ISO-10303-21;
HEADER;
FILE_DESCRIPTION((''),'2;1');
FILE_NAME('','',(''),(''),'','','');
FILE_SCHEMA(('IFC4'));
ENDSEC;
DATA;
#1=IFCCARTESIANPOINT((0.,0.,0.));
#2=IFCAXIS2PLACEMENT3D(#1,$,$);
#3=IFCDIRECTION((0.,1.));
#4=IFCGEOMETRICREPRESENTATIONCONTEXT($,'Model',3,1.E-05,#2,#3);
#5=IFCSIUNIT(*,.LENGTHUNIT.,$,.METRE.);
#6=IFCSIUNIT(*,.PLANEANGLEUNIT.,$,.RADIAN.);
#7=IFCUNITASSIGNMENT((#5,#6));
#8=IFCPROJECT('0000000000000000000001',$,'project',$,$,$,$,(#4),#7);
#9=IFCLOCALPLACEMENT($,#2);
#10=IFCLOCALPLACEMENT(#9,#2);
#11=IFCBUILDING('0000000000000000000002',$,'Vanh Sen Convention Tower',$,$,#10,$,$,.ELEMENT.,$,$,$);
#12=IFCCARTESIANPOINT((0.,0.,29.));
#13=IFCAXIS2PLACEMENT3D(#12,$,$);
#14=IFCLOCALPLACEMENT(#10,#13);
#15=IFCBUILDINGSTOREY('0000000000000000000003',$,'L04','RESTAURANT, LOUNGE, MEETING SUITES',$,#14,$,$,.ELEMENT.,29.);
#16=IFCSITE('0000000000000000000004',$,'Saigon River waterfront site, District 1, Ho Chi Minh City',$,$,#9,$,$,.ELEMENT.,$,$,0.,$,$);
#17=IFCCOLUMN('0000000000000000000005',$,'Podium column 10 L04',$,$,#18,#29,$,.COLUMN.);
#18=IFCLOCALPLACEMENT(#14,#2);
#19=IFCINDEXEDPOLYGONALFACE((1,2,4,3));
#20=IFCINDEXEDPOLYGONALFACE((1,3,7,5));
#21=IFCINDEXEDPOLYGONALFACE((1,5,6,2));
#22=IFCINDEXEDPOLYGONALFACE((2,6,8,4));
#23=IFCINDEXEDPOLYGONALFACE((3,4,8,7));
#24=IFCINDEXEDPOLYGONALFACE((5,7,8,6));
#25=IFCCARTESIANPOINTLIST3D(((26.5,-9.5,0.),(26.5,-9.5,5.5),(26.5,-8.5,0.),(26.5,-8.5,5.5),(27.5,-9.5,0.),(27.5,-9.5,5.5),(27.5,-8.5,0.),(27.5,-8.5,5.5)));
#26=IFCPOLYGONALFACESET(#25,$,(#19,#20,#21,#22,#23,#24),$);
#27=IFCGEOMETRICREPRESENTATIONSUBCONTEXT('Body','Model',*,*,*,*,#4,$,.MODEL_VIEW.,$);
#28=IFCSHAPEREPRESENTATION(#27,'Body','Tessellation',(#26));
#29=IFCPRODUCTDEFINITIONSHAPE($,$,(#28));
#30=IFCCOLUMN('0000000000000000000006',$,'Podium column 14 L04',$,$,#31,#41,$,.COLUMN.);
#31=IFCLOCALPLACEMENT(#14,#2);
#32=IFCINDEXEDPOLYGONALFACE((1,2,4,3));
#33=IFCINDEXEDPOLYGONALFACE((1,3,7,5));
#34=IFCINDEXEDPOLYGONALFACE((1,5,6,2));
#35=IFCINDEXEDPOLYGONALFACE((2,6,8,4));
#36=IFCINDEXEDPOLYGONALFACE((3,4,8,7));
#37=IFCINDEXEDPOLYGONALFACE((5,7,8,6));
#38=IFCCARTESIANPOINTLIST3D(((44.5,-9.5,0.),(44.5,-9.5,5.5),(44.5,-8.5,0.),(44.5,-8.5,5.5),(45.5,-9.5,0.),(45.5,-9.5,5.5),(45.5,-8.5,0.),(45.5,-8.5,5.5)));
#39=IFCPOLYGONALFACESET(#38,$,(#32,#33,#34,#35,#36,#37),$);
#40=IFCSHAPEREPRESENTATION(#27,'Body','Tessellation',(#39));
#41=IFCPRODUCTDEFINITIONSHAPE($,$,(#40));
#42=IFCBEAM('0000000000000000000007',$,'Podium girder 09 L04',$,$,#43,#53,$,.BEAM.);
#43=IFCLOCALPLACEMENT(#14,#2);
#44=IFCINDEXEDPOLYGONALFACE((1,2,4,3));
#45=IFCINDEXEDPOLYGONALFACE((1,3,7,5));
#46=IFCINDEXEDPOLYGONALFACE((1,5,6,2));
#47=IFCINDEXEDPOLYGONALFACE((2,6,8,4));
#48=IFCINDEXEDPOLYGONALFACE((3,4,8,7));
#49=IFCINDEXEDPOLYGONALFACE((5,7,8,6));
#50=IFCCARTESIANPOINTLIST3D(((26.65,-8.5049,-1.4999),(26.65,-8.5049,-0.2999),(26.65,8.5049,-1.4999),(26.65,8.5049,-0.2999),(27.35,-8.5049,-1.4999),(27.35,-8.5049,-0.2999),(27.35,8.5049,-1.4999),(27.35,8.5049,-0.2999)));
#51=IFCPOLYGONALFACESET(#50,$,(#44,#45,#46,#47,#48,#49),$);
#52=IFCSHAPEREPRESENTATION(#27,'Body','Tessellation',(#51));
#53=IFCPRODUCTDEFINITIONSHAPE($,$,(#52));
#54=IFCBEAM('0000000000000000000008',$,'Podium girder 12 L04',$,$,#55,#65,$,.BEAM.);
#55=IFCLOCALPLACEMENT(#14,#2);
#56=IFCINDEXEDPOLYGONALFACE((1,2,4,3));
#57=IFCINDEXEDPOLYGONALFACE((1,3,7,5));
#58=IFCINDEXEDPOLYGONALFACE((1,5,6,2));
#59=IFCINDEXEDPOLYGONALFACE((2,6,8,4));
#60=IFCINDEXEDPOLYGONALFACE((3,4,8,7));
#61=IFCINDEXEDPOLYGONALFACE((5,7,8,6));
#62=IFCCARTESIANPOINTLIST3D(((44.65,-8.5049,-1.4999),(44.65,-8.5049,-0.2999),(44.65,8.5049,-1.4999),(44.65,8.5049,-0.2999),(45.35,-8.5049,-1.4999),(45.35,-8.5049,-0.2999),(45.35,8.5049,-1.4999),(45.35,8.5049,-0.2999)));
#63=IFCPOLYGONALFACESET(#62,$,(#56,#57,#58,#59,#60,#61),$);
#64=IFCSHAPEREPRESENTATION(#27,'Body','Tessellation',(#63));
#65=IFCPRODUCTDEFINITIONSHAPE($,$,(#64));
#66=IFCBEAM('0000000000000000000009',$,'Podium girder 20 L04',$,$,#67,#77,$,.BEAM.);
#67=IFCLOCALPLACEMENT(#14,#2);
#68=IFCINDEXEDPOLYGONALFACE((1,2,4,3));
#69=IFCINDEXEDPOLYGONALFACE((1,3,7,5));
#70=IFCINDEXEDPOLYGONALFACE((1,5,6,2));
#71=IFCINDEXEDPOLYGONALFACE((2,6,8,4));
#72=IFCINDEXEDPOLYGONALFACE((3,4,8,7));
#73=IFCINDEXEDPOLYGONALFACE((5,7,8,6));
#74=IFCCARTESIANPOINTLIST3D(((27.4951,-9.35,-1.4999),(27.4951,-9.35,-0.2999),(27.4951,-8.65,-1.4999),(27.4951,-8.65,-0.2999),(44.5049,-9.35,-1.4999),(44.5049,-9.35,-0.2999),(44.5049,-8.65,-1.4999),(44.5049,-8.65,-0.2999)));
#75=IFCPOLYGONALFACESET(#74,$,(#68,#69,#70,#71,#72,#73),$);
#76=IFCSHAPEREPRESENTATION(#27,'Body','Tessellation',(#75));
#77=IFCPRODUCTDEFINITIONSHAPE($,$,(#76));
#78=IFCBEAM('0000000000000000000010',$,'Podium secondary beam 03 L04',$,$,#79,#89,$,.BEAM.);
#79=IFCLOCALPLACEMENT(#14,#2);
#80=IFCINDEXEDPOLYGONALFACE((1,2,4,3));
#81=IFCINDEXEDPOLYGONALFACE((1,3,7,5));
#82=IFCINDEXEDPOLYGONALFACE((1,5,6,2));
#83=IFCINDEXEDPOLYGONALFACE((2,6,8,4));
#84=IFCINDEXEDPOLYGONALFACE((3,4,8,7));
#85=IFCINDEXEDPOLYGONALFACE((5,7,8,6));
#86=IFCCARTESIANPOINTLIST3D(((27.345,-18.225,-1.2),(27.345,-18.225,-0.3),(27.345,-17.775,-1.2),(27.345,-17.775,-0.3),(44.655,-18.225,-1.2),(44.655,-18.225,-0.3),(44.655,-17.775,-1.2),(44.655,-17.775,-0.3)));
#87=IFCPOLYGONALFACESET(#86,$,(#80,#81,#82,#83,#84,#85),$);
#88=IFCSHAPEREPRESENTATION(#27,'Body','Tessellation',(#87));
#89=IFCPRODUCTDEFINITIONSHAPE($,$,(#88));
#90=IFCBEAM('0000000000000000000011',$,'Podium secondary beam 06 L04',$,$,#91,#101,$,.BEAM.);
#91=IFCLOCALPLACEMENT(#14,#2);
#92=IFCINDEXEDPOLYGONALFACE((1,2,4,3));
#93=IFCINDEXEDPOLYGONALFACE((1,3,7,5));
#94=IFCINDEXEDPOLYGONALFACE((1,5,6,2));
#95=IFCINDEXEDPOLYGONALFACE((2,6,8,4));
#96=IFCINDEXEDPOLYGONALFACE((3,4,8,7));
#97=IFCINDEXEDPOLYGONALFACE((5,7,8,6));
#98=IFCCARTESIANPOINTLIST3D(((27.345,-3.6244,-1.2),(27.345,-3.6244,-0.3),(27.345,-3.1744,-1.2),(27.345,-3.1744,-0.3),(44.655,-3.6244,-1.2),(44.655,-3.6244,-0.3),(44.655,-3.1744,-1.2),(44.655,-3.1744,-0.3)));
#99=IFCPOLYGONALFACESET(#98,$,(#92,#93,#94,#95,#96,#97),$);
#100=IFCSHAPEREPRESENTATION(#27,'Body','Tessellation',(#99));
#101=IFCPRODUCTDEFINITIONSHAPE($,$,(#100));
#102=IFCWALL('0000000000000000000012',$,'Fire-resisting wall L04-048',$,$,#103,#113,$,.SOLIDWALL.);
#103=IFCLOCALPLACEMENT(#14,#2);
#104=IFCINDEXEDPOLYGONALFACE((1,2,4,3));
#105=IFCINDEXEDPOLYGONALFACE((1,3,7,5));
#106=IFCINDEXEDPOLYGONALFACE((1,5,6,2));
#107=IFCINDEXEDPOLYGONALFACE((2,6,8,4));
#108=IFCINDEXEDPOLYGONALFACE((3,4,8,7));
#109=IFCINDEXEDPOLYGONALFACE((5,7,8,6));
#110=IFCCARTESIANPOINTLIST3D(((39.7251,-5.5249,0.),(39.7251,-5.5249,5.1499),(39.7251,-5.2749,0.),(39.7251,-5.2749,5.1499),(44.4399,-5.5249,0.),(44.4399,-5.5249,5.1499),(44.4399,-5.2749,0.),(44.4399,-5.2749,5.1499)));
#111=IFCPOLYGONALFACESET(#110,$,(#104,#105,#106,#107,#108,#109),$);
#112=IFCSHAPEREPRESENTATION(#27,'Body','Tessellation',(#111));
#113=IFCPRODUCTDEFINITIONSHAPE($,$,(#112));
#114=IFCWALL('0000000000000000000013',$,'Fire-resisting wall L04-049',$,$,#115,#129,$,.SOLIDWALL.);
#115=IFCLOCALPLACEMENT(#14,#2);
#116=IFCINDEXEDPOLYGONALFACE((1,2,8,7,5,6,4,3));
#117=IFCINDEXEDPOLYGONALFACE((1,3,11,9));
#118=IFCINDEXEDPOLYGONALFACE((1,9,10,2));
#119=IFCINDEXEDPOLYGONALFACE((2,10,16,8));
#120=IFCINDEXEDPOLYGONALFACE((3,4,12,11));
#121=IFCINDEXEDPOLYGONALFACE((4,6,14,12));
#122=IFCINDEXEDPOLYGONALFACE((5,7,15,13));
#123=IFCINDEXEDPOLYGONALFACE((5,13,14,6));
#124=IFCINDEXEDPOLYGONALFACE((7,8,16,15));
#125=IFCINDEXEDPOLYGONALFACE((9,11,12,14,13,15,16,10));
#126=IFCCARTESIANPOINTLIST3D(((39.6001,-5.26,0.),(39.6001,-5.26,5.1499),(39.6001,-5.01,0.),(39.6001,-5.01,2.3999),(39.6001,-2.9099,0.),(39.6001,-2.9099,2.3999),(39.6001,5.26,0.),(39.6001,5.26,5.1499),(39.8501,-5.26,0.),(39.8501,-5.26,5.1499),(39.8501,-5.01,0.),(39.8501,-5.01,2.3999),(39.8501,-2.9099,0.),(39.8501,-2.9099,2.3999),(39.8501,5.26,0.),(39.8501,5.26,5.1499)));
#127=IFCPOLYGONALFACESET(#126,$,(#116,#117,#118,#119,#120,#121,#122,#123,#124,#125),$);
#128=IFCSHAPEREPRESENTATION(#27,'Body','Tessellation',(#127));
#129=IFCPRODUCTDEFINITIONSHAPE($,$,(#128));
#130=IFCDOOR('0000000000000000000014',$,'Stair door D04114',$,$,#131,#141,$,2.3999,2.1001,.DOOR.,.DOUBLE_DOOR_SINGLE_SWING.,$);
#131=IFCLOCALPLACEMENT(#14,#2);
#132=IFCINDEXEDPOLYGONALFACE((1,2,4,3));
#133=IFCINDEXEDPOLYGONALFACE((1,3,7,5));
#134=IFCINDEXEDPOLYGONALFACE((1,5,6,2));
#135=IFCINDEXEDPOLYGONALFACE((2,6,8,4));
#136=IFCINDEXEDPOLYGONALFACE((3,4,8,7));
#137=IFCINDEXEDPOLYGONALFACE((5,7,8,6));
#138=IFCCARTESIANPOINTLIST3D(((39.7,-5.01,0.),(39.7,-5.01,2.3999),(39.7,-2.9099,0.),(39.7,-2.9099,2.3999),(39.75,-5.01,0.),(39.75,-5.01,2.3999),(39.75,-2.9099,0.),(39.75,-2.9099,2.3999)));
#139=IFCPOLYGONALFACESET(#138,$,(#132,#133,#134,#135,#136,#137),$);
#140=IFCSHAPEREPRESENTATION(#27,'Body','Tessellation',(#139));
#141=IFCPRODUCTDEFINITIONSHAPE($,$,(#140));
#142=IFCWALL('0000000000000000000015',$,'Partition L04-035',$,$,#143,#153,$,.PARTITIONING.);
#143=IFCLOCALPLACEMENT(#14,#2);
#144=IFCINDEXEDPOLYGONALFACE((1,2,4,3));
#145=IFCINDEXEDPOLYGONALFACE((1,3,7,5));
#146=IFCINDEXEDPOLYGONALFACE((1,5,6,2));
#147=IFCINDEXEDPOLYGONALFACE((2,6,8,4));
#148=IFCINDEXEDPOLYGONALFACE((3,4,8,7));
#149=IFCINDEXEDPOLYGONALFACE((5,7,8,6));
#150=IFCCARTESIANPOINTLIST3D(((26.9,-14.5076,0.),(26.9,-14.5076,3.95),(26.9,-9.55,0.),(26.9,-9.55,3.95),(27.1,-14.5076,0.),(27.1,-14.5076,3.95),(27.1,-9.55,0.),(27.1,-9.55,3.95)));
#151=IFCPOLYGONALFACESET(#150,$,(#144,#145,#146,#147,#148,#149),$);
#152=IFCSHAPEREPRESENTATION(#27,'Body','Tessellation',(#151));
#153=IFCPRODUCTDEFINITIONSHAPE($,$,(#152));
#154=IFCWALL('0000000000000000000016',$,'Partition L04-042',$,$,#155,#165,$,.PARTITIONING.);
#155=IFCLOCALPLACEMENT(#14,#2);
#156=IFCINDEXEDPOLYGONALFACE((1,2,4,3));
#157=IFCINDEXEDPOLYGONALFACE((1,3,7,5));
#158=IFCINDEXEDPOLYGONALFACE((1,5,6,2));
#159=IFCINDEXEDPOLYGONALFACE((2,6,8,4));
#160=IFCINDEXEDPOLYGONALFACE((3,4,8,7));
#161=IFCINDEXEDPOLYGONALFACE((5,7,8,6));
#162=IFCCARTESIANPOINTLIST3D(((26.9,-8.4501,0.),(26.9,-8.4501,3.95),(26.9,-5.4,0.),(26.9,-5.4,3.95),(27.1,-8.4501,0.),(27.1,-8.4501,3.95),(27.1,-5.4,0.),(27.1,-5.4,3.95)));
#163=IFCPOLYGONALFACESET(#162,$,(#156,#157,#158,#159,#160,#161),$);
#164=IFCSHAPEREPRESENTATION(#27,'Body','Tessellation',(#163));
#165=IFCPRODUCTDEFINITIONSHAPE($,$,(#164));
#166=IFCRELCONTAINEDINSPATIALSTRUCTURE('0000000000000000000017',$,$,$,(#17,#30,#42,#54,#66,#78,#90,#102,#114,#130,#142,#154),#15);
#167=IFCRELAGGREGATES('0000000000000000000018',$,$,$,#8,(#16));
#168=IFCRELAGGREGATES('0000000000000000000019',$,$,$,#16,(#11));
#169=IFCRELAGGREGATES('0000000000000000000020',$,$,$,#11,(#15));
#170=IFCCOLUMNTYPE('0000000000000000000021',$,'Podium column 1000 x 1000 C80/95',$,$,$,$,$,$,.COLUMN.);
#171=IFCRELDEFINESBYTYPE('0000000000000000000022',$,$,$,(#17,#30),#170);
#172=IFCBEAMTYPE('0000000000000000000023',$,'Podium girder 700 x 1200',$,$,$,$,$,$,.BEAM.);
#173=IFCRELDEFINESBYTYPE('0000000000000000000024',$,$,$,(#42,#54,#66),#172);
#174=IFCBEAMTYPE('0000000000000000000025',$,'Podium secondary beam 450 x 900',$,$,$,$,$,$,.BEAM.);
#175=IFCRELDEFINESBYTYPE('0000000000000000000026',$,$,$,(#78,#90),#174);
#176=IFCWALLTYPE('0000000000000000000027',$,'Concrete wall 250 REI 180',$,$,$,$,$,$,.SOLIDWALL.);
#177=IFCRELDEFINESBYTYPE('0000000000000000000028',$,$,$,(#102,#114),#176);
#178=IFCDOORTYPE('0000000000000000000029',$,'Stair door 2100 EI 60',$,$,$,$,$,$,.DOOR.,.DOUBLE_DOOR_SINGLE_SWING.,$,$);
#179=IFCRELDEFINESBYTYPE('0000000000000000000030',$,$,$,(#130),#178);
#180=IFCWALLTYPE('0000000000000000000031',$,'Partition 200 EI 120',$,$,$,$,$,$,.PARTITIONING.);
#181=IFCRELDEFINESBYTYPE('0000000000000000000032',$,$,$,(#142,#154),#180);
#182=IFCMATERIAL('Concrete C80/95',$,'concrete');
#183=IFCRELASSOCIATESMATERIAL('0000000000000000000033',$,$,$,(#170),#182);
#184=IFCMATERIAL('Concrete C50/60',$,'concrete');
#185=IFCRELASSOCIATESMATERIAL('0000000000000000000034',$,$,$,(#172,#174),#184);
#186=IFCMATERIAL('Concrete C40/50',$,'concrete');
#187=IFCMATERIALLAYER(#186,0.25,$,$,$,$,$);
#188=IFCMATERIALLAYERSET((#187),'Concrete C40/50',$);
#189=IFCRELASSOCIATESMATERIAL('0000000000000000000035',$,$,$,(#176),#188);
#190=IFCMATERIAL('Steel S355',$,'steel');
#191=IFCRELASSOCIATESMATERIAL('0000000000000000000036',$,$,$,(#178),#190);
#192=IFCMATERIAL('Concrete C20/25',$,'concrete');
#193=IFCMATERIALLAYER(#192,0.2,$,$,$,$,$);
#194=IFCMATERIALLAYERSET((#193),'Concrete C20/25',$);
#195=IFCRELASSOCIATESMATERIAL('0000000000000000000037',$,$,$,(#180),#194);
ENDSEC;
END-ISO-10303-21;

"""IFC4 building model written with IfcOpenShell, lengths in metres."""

from ifc_helpers import new_model, si_unit, direction, frame, frame_2d, origin, origin_2d, place, context, subcontext, project, spatial, rectangle, extrude, material, layer, layer_set, material_profile, profile_set, type_object, element, fill, save


model = new_model("IFC4")

# Units and contexts
model_context = context("Model", 3, precision=1e-05, world=origin(), true_north=direction((0.0, 1.0)))
body_context = subcontext(model_context, "Body", "Model", "MODEL_VIEW")
ifc_project = project(units=[si_unit("LENGTHUNIT", "METRE"), si_unit("PLANEANGLEUNIT", "RADIAN")], contexts=[model_context])

# Site, building, storey
site_placement = place(None, origin())
site = spatial("IfcSite", under=ifc_project, at=site_placement, Name="Saigon River waterfront site, District 1, Ho Chi Minh City", CompositionType="ELEMENT", RefElevation=0.0)
building_placement = place(site_placement, origin())
building = spatial("IfcBuilding", under=site, at=building_placement, Name="Vanh Sen Convention Tower", CompositionType="ELEMENT")
storey_placement = place(building_placement, frame((0.0, 0.0, 29.0)))
storey = spatial("IfcBuildingStorey", under=building, at=storey_placement, Name="L04", Description="RESTAURANT, LOUNGE, MEETING SUITES", CompositionType="ELEMENT", Elevation=29.0)

# Columns
ifc_material_1 = material(Name="Concrete C80/95", Category="concrete")
ifc_material_profile_1 = material_profile(ifc_material_1, rectangle(XDim=1.0, YDim=1.0, at=origin_2d()), Name="RC 1000X1000")
ifc_profile_set_1 = profile_set([ifc_material_profile_1], Name="Concrete C80/95")
column_type = type_object("IfcColumnType", Name="Podium column 1000 x 1000 C80/95", PredefinedType="COLUMN", material=ifc_profile_set_1)
for number, where, z_axis, x_axis, name in (
    (1, (27.0, -9.0, 0.0), (0.0, 0.0, 1.0), (1.0, 0.0, 0.0), "Podium column 10 L04"),
    (2, (45.0, -9.0, 0.0), (0.0, 0.0, 1.0), (1.0, 0.0, 0.0), "Podium column 14 L04"),
):
    element("IfcColumn", number, at=place(storey_placement, frame(where, z_axis=z_axis, x_axis=x_axis)), inside=storey, type_object=column_type, Name=name, PredefinedType="COLUMN", context=body_context, shape_type="SweptSolid", body=[
        extrude(rectangle(XDim=1.0, YDim=1.0, at=origin_2d()), origin(), (0.0, 0.0, 1.0), 5.5),
    ])

# Beams
ifc_material_2 = material(Name="Concrete C50/60", Category="concrete")
ifc_material_profile_2 = material_profile(ifc_material_2, rectangle(XDim=0.7, YDim=1.2, at=origin_2d()), Name="RC 700X1200")
ifc_profile_set_2 = profile_set([ifc_material_profile_2], Name="Concrete C50/60")
beam_type_1 = type_object("IfcBeamType", Name="Podium girder 700 x 1200", PredefinedType="BEAM", material=ifc_profile_set_2)
for number, where, z_axis, x_axis, name in (
    (3, (27.0, -8.5049, -0.8999), (0.0, 1.0, 0.0), (-1.0, 0.0, 0.0), "Podium girder 09 L04"),
    (4, (45.0, -8.5049, -0.8999), (0.0, 1.0, 0.0), (-1.0, 0.0, 0.0), "Podium girder 12 L04"),
    (5, (27.4951, -9.0, -0.8999), (1.0, 0.0, 0.0), (0.0, 1.0, 0.0), "Podium girder 20 L04"),
):
    element("IfcBeam", number, at=place(storey_placement, frame(where, z_axis=z_axis, x_axis=x_axis)), inside=storey, type_object=beam_type_1, Name=name, PredefinedType="BEAM", context=body_context, shape_type="SweptSolid", body=[
        extrude(rectangle(XDim=0.7, YDim=1.2, at=origin_2d()), origin(), (0.0, 0.0, 1.0), 17.0098),
    ])
ifc_material_profile_3 = material_profile(ifc_material_2, rectangle(XDim=0.45, YDim=0.8999, at=origin_2d()), Name="RC 450X900")
ifc_profile_set_3 = profile_set([ifc_material_profile_3], Name="Concrete C50/60")
beam_type_2 = type_object("IfcBeamType", Name="Podium secondary beam 450 x 900", PredefinedType="BEAM", material=ifc_profile_set_3)
for number, where, z_axis, x_axis, name in (
    (6, (27.345, -18.0, -0.75), (1.0, 0.0, 0.0), (0.0, 1.0, 0.0), "Podium secondary beam 03 L04"),
    (7, (27.345, -3.3994, -0.75), (1.0, 0.0, 0.0), (0.0, 1.0, 0.0), "Podium secondary beam 06 L04"),
):
    element("IfcBeam", number, at=place(storey_placement, frame(where, z_axis=z_axis, x_axis=x_axis)), inside=storey, type_object=beam_type_2, Name=name, PredefinedType="BEAM", context=body_context, shape_type="SweptSolid", body=[
        extrude(rectangle(XDim=0.45, YDim=0.8999, at=origin_2d()), origin(), (0.0, 0.0, 1.0), 17.3101),
    ])

# Wall
ifc_material_3 = material(Name="Concrete C40/50", Category="concrete")
ifc_layer_1 = layer(ifc_material_3, 0.25)
ifc_layer_set_1 = layer_set([ifc_layer_1], Name="Concrete C40/50")
wall_type_1 = type_object("IfcWallType", Name="Concrete wall 250 REI 180", PredefinedType="SOLIDWALL", material=ifc_layer_set_1)
wall_1_placement = place(storey_placement, frame((44.4399, -5.3999, 0.0), z_axis=(0.0, 0.0, 1.0), x_axis=(-1.0, 0.0, 0.0)))
element("IfcWall", 8, at=wall_1_placement, inside=storey, type_object=wall_type_1, Name="Fire-resisting wall L04-048", PredefinedType="SOLIDWALL", context=body_context, shape_type="SweptSolid", body=[
    extrude(rectangle(XDim=4.7148, YDim=0.25, at=frame_2d((2.3574, 0.0))), origin(), (0.0, 0.0, 1.0), 5.1499),
])

# Wall, opening, door
wall_2_placement = place(storey_placement, frame((39.7251, -5.26, 0.0), z_axis=(0.0, 0.0, 1.0), x_axis=(0.0, 1.0, 0.0)))
wall_2 = element("IfcWall", 9, at=wall_2_placement, inside=storey, type_object=wall_type_1, Name="Fire-resisting wall L04-049", PredefinedType="SOLIDWALL", context=body_context, shape_type="SweptSolid", body=[
    extrude(rectangle(XDim=10.52, YDim=0.25, at=frame_2d((5.26, 0.0))), origin(), (0.0, 0.0, 1.0), 5.1499),
])
opening_1_placement = place(wall_2_placement, frame((0.25, 0.0, 0.0)))
opening_1 = element("IfcOpeningElement", 10, at=opening_1_placement, cuts=wall_2, PredefinedType="OPENING", context=body_context, shape_type="SweptSolid", body=[
    extrude(rectangle(XDim=2.1001, YDim=2.3999, at=frame_2d((1.05, 1.2))), frame((0.0, 0.135, 0.0), z_axis=(0.0, -1.0, 0.0), x_axis=(1.0, 0.0, 0.0)), (0.0, 0.0, 1.0), 0.27),
])
ifc_material_4 = material(Name="Steel S355", Category="steel")
door_type_1 = type_object("IfcDoorType", Name="Stair door 2100 EI 60", OperationType="DOUBLE_DOOR_SINGLE_SWING", PredefinedType="DOOR", material=ifc_material_4)
door_1_placement = place(opening_1_placement, frame((2.1001, 0.0, 0.0), z_axis=(0.0, 0.0, 1.0), x_axis=(-1.0, 0.0, 0.0)))
door_1 = element("IfcDoor", 11, at=door_1_placement, inside=storey, type_object=door_type_1, Name="Stair door D04114", OperationType="DOUBLE_DOOR_SINGLE_SWING", OverallHeight=2.3999, OverallWidth=2.1001, PredefinedType="DOOR", context=body_context, shape_type="SweptSolid", body=[
    extrude(rectangle(XDim=2.1001, YDim=2.3999, at=frame_2d((1.05, 1.2))), frame((0.0, 0.0249, 0.0), z_axis=(0.0, -1.0, 0.0), x_axis=(1.0, 0.0, 0.0)), (0.0, 0.0, 1.0), 0.05),
])
fill(opening_1, door_1)

# Walls
ifc_material_5 = material(Name="Concrete C20/25", Category="concrete")
ifc_layer_2 = layer(ifc_material_5, 0.2)
ifc_layer_set_2 = layer_set([ifc_layer_2], Name="Concrete C20/25")
wall_type_2 = type_object("IfcWallType", Name="Partition 200 EI 120", PredefinedType="PARTITIONING", material=ifc_layer_set_2)
wall_3_placement = place(storey_placement, frame((27.0, -14.5076, 0.0), z_axis=(0.0, 0.0, 1.0), x_axis=(0.0, 1.0, 0.0)))
element("IfcWall", 12, at=wall_3_placement, inside=storey, type_object=wall_type_2, Name="Partition L04-035", PredefinedType="PARTITIONING", context=body_context, shape_type="SweptSolid", body=[
    extrude(rectangle(XDim=4.9575, YDim=0.2, at=frame_2d((2.4788, 0.0))), origin(), (0.0, 0.0, 1.0), 3.95),
])
wall_4_placement = place(storey_placement, frame((27.0, -8.45, 0.0), z_axis=(0.0, 0.0, 1.0), x_axis=(0.0, 1.0, 0.0)))
element("IfcWall", 13, at=wall_4_placement, inside=storey, type_object=wall_type_2, Name="Partition L04-042", PredefinedType="PARTITIONING", context=body_context, shape_type="SweptSolid", body=[
    extrude(rectangle(XDim=3.05, YDim=0.2, at=frame_2d((1.5249, 0.0))), origin(), (0.0, 0.0, 1.0), 3.95),
])

save(model, "model.ifc")
